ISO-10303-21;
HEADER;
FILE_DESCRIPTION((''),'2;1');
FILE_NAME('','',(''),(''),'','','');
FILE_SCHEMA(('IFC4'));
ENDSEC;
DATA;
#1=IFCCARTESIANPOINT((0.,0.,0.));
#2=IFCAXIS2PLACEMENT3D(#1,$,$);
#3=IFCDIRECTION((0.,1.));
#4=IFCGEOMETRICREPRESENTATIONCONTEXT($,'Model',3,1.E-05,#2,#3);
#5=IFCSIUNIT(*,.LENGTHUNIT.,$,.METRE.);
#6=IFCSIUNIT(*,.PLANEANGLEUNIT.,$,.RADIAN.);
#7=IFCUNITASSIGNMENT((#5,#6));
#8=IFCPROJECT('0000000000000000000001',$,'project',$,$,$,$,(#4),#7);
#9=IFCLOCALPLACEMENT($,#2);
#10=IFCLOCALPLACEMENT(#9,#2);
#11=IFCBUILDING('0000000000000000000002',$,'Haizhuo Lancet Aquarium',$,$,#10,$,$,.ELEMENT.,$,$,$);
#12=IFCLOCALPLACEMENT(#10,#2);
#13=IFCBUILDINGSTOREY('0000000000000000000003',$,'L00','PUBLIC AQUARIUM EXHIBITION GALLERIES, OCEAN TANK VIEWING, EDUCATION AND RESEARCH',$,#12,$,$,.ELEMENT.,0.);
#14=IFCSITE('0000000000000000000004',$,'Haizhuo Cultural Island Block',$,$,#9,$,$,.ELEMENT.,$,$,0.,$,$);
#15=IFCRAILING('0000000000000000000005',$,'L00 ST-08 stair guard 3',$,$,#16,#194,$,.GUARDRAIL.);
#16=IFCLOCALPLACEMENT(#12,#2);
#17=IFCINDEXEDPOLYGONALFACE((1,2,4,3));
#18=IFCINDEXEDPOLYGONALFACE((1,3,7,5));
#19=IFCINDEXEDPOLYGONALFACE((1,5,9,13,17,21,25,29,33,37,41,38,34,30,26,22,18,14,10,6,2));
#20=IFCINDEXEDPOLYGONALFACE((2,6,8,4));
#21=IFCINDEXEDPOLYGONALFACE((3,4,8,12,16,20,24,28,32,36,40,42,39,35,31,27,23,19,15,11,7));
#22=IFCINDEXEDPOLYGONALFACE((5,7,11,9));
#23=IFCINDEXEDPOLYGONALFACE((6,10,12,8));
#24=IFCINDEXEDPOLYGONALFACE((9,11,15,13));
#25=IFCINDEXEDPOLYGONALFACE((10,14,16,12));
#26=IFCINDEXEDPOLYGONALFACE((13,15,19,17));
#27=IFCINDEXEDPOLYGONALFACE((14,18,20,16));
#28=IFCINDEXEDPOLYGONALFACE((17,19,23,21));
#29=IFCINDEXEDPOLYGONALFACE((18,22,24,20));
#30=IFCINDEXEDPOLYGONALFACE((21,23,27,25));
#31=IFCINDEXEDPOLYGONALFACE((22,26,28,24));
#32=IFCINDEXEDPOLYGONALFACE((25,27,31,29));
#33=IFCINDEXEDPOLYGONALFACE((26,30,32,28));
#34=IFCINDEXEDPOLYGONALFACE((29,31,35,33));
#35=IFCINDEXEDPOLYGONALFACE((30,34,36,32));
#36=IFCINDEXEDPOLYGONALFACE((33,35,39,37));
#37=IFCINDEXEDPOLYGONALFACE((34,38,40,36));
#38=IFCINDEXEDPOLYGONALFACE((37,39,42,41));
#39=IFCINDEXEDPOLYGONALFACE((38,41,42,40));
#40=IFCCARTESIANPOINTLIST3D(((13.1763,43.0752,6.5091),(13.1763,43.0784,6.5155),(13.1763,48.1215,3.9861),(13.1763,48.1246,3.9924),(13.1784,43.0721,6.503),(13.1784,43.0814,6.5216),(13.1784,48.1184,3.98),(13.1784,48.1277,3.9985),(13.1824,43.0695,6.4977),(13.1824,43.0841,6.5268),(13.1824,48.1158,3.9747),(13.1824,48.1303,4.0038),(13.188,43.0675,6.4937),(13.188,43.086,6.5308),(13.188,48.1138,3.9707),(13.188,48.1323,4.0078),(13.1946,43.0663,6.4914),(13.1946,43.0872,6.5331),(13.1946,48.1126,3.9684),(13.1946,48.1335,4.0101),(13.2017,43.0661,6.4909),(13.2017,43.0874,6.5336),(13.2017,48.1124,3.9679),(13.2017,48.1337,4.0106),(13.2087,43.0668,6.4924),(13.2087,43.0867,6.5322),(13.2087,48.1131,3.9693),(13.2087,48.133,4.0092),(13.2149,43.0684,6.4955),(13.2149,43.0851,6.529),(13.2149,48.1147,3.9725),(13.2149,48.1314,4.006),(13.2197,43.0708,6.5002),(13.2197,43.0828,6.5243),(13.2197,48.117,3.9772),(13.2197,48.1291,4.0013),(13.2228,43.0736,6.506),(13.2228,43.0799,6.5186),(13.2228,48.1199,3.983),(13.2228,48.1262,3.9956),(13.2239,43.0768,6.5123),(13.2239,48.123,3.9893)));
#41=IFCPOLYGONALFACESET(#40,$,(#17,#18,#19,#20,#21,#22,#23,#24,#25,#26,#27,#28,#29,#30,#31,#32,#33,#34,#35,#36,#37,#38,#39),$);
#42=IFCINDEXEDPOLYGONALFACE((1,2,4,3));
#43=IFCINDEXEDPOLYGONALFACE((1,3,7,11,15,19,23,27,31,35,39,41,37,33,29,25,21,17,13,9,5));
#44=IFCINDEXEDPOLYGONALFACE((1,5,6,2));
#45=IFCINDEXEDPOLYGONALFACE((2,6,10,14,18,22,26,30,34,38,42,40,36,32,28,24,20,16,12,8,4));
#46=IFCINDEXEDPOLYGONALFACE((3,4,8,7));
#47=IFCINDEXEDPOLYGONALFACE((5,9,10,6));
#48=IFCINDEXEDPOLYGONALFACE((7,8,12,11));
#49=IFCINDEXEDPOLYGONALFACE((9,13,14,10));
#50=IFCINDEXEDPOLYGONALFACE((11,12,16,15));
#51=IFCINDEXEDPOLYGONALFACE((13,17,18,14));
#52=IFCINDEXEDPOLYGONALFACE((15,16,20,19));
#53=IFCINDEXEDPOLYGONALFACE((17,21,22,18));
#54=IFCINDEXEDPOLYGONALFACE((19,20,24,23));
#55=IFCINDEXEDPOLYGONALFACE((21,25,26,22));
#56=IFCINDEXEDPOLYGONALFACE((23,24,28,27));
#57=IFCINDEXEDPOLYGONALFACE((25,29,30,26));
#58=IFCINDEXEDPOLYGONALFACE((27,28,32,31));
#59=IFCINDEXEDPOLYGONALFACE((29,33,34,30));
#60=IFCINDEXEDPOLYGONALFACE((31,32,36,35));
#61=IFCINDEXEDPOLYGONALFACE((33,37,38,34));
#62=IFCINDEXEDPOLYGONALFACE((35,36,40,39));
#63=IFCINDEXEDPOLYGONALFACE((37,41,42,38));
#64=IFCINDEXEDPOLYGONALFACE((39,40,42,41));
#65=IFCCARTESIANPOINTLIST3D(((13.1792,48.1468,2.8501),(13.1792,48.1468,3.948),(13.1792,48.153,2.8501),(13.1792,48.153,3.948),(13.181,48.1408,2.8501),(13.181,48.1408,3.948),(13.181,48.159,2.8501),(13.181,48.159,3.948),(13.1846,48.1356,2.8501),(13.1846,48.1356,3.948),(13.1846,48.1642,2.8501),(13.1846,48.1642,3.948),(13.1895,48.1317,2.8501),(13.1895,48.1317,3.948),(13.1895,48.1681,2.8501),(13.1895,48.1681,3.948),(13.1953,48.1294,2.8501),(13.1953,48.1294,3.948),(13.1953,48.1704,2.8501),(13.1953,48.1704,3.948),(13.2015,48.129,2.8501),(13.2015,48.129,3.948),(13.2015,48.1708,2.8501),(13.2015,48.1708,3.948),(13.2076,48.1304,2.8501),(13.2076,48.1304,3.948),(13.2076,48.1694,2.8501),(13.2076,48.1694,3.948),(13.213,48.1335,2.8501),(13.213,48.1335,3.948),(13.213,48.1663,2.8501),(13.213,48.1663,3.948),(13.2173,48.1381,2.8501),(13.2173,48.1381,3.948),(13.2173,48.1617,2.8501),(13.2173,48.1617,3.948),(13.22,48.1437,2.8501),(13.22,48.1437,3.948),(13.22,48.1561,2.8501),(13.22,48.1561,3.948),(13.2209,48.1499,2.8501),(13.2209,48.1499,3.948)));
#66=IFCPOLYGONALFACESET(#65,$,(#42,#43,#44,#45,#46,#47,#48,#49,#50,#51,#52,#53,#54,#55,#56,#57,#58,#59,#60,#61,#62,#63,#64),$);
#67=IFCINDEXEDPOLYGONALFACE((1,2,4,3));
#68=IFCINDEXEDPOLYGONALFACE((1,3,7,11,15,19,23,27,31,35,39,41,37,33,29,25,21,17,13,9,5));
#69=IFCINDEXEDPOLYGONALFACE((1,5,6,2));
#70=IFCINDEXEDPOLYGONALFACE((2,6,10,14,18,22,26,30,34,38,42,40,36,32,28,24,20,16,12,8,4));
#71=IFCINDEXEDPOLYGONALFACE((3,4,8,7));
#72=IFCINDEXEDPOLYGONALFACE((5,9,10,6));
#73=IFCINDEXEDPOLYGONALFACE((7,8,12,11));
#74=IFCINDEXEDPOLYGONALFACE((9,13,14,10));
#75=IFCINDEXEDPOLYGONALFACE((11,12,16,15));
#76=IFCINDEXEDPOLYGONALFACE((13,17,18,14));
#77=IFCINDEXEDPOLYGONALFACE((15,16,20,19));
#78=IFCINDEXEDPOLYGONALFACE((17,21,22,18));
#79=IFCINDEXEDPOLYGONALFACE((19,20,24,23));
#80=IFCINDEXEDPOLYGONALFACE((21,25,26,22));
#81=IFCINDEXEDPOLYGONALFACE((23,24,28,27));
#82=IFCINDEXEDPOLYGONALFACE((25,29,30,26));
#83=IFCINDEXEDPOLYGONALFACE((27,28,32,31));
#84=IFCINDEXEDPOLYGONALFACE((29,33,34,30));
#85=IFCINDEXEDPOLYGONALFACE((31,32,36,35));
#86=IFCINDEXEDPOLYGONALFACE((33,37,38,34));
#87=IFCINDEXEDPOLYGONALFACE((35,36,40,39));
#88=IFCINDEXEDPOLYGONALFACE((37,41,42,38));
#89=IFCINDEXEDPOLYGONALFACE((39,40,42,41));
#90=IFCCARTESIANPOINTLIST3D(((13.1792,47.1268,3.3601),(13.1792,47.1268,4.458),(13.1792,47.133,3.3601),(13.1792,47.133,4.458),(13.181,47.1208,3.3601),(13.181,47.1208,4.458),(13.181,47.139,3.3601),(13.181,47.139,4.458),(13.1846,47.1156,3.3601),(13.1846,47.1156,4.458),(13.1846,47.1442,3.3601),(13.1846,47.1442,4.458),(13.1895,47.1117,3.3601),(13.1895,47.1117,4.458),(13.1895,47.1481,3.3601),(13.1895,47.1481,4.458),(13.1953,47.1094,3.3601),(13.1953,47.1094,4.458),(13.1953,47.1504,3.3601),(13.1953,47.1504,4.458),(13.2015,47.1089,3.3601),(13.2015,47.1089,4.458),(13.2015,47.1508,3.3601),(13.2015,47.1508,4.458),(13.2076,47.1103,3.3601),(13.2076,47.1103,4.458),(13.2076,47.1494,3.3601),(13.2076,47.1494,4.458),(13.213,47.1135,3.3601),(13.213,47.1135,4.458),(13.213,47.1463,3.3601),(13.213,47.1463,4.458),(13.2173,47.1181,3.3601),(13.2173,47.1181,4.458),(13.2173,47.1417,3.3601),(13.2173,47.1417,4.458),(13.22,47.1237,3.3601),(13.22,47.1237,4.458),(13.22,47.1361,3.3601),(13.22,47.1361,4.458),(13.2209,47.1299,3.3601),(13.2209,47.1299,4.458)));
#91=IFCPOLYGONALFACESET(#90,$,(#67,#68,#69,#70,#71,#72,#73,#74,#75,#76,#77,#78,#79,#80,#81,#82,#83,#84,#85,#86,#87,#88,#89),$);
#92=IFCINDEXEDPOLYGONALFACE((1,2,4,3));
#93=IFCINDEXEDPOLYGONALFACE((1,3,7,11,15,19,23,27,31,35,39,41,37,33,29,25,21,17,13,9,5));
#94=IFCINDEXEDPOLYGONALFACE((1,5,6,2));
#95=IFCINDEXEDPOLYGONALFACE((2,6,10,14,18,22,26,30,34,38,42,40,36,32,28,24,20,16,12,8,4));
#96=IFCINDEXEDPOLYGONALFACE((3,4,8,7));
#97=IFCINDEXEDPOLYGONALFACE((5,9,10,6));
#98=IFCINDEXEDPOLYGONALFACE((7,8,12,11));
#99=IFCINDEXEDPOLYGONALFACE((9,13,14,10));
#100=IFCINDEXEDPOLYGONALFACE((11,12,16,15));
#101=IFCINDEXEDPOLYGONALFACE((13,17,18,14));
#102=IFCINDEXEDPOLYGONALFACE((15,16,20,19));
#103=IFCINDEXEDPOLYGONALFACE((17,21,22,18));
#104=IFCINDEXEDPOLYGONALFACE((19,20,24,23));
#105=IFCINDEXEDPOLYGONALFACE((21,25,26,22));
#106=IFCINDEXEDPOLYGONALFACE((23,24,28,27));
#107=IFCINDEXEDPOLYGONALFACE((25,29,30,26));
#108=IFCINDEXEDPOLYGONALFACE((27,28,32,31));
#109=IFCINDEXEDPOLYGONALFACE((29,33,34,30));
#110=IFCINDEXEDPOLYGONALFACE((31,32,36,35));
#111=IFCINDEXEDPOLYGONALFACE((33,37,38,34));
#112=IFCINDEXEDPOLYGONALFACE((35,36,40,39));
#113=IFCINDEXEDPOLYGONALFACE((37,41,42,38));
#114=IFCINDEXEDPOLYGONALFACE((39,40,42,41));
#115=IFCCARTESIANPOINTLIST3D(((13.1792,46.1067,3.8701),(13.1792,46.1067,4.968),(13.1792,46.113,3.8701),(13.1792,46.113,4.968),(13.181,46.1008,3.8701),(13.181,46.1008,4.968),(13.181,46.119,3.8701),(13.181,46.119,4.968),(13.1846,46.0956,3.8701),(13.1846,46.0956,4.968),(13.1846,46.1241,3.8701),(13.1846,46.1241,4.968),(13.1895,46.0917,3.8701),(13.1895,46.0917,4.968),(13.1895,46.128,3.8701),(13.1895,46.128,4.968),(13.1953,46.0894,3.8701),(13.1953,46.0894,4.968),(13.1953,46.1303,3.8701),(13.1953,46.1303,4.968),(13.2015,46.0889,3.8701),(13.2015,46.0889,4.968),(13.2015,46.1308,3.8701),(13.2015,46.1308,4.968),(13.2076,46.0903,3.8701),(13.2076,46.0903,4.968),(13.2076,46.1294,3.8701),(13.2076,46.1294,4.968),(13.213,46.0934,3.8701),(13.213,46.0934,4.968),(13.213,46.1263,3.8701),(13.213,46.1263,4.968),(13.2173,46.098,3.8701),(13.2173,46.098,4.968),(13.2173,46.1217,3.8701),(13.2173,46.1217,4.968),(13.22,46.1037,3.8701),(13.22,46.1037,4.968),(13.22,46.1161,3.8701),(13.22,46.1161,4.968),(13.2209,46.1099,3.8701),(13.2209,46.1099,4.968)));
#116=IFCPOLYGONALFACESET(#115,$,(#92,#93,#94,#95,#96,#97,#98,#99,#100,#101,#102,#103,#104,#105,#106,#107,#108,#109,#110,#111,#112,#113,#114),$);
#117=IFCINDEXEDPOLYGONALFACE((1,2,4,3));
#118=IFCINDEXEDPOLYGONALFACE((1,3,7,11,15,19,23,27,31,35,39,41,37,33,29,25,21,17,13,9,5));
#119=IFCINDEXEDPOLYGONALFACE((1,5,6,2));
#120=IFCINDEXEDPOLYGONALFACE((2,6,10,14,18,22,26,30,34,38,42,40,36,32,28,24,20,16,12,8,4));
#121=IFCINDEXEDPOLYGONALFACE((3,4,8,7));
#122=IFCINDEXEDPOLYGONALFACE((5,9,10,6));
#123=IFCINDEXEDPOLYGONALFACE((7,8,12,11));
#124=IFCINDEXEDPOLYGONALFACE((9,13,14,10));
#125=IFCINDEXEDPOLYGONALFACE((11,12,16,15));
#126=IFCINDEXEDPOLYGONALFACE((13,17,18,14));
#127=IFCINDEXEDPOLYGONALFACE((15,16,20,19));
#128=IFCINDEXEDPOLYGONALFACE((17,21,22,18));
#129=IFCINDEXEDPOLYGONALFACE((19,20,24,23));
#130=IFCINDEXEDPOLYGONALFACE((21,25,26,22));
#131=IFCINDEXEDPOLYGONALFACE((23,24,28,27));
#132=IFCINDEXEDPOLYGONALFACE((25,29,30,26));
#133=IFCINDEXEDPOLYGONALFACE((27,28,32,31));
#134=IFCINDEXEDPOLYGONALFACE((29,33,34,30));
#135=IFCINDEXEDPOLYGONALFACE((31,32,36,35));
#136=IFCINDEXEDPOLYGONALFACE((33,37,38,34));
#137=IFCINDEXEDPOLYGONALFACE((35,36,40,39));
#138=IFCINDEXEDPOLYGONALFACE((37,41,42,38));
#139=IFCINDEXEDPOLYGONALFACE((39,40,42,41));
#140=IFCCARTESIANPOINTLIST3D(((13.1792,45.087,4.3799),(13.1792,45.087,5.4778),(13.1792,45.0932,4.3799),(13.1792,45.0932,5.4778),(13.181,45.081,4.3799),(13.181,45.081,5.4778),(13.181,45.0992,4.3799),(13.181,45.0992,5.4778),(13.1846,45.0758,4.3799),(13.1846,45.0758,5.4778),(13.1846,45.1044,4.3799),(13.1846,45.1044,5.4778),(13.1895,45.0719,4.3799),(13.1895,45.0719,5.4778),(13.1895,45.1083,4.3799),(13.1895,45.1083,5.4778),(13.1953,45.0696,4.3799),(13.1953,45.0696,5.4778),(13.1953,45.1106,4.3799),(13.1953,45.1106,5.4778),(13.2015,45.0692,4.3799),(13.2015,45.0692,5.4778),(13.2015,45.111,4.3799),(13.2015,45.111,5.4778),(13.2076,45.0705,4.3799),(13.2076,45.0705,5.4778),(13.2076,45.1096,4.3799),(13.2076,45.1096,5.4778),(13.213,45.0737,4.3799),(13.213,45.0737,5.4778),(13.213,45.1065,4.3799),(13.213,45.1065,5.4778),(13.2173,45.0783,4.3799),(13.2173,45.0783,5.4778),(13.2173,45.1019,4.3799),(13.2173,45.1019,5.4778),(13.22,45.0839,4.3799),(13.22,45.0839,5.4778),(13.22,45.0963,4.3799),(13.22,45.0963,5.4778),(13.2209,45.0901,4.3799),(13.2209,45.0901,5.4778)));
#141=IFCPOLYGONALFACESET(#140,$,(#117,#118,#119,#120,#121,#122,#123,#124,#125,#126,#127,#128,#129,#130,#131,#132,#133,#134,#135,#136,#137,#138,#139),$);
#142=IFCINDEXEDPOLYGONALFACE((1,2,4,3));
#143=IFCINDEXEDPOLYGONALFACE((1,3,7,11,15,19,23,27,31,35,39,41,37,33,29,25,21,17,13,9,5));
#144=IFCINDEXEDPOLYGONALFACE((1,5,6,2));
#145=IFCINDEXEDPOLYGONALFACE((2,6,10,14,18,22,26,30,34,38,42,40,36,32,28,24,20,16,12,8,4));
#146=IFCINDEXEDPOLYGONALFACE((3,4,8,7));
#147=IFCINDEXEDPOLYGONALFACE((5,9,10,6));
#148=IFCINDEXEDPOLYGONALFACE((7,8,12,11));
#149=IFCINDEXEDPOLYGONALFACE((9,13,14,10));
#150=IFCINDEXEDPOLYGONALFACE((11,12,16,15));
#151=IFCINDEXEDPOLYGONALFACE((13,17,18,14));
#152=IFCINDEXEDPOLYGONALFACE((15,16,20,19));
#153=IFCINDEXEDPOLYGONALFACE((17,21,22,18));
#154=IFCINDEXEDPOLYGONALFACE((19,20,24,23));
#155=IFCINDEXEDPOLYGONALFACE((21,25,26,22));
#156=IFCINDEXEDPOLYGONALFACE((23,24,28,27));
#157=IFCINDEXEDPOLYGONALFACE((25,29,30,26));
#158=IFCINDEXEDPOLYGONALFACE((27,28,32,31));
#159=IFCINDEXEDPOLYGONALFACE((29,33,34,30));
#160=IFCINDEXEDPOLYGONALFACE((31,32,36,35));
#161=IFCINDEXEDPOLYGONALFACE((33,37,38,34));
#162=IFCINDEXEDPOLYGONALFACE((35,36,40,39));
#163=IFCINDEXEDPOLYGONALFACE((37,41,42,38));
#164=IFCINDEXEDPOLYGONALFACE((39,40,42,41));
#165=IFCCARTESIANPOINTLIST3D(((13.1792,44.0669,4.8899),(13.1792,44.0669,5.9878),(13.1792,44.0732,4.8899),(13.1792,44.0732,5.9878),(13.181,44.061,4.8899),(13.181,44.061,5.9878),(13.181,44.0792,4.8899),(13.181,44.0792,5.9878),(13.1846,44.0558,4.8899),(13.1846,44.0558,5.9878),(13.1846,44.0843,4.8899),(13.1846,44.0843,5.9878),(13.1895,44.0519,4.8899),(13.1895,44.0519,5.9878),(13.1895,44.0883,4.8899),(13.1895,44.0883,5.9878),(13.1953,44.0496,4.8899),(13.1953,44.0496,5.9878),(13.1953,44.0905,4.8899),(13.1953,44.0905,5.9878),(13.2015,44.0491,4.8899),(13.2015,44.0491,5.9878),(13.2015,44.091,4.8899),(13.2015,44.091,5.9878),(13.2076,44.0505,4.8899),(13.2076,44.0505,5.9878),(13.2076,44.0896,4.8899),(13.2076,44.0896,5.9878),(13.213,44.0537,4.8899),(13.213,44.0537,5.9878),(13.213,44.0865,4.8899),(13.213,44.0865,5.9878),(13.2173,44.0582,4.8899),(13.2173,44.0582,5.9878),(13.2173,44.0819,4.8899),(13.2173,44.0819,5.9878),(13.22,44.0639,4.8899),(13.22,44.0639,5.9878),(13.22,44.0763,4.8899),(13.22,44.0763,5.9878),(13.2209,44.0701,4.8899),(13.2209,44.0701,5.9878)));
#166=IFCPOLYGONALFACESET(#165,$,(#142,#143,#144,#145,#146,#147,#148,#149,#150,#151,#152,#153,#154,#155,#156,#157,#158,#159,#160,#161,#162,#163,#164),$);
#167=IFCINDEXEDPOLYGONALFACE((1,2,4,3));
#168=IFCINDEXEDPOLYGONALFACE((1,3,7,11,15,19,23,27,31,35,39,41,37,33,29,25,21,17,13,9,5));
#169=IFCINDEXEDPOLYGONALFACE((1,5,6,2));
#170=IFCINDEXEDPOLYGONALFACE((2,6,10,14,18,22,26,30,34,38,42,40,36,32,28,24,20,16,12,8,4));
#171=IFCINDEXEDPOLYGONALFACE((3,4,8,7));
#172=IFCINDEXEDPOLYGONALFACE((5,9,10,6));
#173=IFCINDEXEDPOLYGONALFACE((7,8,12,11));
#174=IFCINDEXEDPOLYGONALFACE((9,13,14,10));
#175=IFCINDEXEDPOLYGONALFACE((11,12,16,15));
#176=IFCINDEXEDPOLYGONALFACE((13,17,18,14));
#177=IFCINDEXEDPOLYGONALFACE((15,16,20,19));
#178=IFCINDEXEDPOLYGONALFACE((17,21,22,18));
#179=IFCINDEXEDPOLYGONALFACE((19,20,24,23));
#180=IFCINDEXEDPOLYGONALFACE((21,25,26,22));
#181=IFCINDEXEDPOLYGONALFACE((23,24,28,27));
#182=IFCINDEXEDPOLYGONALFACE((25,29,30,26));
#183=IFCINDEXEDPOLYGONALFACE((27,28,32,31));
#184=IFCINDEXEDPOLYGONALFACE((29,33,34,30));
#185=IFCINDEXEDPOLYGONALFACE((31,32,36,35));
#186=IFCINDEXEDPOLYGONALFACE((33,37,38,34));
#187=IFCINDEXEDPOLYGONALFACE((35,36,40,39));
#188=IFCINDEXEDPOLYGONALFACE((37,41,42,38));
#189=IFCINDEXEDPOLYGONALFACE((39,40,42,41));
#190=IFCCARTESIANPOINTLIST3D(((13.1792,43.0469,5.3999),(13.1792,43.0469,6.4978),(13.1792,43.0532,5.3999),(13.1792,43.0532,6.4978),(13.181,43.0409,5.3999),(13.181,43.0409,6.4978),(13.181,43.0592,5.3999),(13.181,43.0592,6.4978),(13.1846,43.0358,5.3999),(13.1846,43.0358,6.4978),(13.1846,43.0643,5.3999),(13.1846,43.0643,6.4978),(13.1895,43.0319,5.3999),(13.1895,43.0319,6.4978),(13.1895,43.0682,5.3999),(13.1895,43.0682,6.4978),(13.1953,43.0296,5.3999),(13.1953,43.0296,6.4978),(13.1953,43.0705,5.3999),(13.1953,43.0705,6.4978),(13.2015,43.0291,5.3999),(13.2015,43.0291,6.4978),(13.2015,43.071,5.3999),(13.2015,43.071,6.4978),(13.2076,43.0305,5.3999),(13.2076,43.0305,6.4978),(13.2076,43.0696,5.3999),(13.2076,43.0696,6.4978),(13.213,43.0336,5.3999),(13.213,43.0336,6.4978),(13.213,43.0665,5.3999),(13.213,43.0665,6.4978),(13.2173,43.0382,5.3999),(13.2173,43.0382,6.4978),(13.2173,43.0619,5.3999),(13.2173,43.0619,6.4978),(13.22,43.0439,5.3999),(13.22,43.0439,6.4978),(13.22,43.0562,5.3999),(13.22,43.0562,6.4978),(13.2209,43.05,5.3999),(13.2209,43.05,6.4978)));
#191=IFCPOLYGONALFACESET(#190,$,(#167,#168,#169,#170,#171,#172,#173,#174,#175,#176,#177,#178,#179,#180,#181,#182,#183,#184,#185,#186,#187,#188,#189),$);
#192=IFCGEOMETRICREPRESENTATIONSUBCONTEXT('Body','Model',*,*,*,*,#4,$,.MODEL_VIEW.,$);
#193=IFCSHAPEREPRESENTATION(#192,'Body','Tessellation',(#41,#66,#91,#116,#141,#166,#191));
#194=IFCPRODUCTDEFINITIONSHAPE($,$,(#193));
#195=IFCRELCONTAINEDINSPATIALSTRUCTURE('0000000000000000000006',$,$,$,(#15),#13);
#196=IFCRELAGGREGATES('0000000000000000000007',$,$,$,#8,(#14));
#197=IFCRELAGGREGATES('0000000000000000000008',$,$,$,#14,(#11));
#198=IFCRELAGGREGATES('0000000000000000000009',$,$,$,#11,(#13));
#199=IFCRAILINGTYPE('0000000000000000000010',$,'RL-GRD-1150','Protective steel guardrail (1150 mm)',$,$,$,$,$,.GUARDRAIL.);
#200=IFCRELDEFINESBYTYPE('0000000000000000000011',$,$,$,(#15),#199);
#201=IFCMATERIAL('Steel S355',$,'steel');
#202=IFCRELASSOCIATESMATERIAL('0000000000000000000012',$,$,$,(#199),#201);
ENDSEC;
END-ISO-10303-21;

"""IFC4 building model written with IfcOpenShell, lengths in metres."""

from ifc_helpers import new_model, si_unit, direction, frame, origin, origin_2d, place, context, subcontext, project, spatial, circle, extrude, material, type_object, element, save


model = new_model("IFC4")

# Units and contexts
model_context = context("Model", 3, precision=1e-05, world=origin(), true_north=direction((0.0, 1.0)))
body_context = subcontext(model_context, "Body", "Model", "MODEL_VIEW")
ifc_project = project(units=[si_unit("LENGTHUNIT", "METRE"), si_unit("PLANEANGLEUNIT", "RADIAN")], contexts=[model_context])

# Site, building, storey
site_placement = place(None, origin())
site = spatial("IfcSite", under=ifc_project, at=site_placement, Name="Haizhuo Cultural Island Block", CompositionType="ELEMENT", RefElevation=0.0)
building_placement = place(site_placement, origin())
building = spatial("IfcBuilding", under=site, at=building_placement, Name="Haizhuo Lancet Aquarium", CompositionType="ELEMENT")
storey_placement = place(building_placement, origin())
storey = spatial("IfcBuildingStorey", under=building, at=storey_placement, Name="L00", Description="PUBLIC AQUARIUM EXHIBITION GALLERIES, OCEAN TANK VIEWING, EDUCATION AND RESEARCH", CompositionType="ELEMENT", Elevation=0.0)

# Shared definitions
ifc_material_1 = material(Name="Steel S355", Category="steel")

# Railing
railing_type_1 = type_object("IfcRailingType", Name="RL-GRD-1150", Description="Protective steel guardrail (1150 mm)", PredefinedType="GUARDRAIL", material=ifc_material_1)
railing_1_placement = place(storey_placement, frame((13.2, 48.1499, 2.8501)))
element("IfcRailing", 1, at=railing_1_placement, inside=storey, type_object=railing_type_1, Name="L00 ST-08 stair guard 3", PredefinedType="GUARDRAIL", context=body_context, shape_type="SweptSolid", body=[
    extrude(circle(Radius=0.0239, at=origin_2d()), frame((0.0, -0.0269, 1.1392), z_axis=(0.0, -0.894436, 0.447196), x_axis=(1.0, 0.0, 0.0)), (0.0, 0.0, 1.0), 5.6418),
    extrude(circle(Radius=0.021, at=origin_2d()), origin(), (0.0, 0.0, 1.0), 1.0979),
    extrude(circle(Radius=0.021, at=origin_2d()), frame((0.0, -1.02, 0.51)), (0.0, 0.0, 1.0), 1.0979),
    extrude(circle(Radius=0.021, at=origin_2d()), frame((0.0, -2.04, 1.02)), (0.0, 0.0, 1.0), 1.0979),
    extrude(circle(Radius=0.021, at=origin_2d()), frame((0.0, -3.0598, 1.5298)), (0.0, 0.0, 1.0), 1.0979),
    extrude(circle(Radius=0.021, at=origin_2d()), frame((0.0, -4.0798, 2.0398)), (0.0, 0.0, 1.0), 1.0979),
    extrude(circle(Radius=0.021, at=origin_2d()), frame((0.0, -5.0999, 2.5498)), (0.0, 0.0, 1.0), 1.0979),
])

save(model, "model.ifc")
